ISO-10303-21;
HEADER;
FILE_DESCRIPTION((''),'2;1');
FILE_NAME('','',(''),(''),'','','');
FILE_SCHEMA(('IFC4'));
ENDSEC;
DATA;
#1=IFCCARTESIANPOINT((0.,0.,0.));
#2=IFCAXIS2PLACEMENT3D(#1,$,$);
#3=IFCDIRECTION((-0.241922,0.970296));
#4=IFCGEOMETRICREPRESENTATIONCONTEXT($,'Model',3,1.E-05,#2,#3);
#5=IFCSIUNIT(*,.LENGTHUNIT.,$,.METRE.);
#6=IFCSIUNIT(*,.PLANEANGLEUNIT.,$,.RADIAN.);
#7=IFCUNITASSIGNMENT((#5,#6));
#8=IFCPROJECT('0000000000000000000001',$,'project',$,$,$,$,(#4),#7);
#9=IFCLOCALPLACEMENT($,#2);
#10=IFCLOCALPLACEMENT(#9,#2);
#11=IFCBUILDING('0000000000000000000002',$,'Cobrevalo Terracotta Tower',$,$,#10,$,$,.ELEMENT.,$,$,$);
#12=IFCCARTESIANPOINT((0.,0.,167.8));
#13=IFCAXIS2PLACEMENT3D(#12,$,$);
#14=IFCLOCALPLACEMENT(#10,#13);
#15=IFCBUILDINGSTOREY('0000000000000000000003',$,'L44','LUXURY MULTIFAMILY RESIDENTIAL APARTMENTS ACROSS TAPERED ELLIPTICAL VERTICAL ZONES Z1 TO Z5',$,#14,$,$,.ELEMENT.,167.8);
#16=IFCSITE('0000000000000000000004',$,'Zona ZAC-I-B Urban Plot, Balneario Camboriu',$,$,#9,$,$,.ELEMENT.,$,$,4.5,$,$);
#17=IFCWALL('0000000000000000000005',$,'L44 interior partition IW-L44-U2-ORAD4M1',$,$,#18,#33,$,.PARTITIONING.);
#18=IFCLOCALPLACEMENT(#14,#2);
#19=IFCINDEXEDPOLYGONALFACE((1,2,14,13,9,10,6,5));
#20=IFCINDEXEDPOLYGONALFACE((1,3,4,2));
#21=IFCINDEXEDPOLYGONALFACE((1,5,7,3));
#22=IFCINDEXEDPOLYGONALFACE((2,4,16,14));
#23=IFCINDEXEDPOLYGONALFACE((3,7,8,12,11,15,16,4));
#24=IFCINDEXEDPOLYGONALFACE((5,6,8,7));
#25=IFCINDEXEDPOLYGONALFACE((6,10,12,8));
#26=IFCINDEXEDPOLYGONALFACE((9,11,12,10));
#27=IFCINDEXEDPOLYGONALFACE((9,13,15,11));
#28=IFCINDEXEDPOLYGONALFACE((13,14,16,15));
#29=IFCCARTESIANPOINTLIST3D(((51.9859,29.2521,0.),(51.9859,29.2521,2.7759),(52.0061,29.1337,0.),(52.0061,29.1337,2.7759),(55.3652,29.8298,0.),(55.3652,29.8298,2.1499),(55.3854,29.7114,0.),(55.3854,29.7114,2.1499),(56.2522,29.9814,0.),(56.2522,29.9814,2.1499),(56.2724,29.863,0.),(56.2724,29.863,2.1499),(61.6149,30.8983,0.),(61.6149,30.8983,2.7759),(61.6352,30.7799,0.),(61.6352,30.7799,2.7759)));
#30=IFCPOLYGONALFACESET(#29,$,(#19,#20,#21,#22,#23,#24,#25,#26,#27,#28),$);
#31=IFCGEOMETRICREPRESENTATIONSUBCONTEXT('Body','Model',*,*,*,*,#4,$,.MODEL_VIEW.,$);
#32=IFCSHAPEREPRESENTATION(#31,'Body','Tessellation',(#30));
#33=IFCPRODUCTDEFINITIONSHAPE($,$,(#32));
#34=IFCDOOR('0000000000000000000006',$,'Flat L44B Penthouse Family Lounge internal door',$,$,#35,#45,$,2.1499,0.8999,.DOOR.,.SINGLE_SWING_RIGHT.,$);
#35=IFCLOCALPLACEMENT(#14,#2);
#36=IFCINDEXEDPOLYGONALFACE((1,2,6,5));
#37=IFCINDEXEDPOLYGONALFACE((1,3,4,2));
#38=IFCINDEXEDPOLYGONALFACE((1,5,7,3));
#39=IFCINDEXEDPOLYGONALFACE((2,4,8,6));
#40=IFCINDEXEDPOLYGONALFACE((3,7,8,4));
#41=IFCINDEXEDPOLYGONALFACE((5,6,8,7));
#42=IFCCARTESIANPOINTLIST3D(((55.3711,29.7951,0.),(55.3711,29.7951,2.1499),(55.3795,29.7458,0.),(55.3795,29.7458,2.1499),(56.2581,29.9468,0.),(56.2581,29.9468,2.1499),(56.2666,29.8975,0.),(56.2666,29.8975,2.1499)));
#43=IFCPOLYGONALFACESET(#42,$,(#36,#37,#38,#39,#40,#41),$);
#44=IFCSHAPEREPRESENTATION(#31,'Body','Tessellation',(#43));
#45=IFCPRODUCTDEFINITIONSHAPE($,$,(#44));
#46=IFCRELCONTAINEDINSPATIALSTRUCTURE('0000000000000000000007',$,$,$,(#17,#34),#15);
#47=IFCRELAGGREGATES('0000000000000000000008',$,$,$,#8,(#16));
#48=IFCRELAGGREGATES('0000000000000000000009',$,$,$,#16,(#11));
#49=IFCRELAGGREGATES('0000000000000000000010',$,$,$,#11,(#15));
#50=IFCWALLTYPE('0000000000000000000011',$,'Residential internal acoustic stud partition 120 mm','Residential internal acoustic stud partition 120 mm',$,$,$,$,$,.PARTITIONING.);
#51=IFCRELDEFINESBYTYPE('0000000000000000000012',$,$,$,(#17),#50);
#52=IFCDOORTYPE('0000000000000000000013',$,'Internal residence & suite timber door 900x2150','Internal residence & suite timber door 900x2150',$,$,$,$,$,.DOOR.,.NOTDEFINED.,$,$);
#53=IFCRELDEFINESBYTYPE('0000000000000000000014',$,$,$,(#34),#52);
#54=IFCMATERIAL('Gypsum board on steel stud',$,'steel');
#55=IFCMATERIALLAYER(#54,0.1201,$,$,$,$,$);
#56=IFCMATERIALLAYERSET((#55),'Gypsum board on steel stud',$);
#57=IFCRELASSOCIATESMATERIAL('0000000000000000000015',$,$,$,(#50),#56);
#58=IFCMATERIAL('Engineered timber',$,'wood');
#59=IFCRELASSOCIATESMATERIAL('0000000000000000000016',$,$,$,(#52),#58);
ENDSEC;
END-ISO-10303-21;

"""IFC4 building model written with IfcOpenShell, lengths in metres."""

from ifc_helpers import new_model, si_unit, direction, frame, frame_2d, origin, place, context, subcontext, project, spatial, rectangle, extrude, source, transform, mapped, material, layer, layer_set, type_object, element, fill, save


model = new_model("IFC4")

# Units and contexts
model_context = context("Model", 3, precision=1e-05, world=origin(), true_north=direction((-0.241922, 0.970296)))
body_context = subcontext(model_context, "Body", "Model", "MODEL_VIEW")
ifc_project = project(units=[si_unit("LENGTHUNIT", "METRE"), si_unit("PLANEANGLEUNIT", "RADIAN")], contexts=[model_context])

# Site, building, storey
site_placement = place(None, origin())
site = spatial("IfcSite", under=ifc_project, at=site_placement, Name="Zona ZAC-I-B Urban Plot, Balneario Camboriu", CompositionType="ELEMENT", RefElevation=4.5)
building_placement = place(site_placement, origin())
building = spatial("IfcBuilding", under=site, at=building_placement, Name="Cobrevalo Terracotta Tower", CompositionType="ELEMENT")
storey_placement = place(building_placement, frame((0.0, 0.0, 167.8)))
storey = spatial("IfcBuildingStorey", under=building, at=storey_placement, Name="L44", Description="LUXURY MULTIFAMILY RESIDENTIAL APARTMENTS ACROSS TAPERED ELLIPTICAL VERTICAL ZONES Z1 TO Z5", CompositionType="ELEMENT", Elevation=167.8)

# Wall, opening, door
ifc_material_1 = material(Name="Gypsum board on steel stud", Category="steel")
ifc_layer_1 = layer(ifc_material_1, 0.1201)
ifc_layer_set_1 = layer_set([ifc_layer_1], Name="Gypsum board on steel stud")
wall_type = type_object("IfcWallType", Name="Residential internal acoustic stud partition 120 mm", Description="Residential internal acoustic stud partition 120 mm", PredefinedType="PARTITIONING", material=ifc_layer_set_1)
ifc_material_2 = material(Name="Engineered timber", Category="wood")
door_type = type_object("IfcDoorType", Name="Internal residence & suite timber door 900x2150", Description="Internal residence & suite timber door 900x2150", OperationType="NOTDEFINED", PredefinedType="DOOR", material=ifc_material_2)
shared_shape_1 = source(origin(), body_context, "Body", "SweptSolid", [
    extrude(rectangle(XDim=0.8999, YDim=2.1499, at=frame_2d((0.45, 1.075))), frame((0.0, 0.0249, 0.0), z_axis=(0.0, -1.0, 0.0), x_axis=(1.0, 0.0, 0.0)), (0.0, 0.0, 1.0), 0.05),
])
wall_1_placement = place(storey_placement, frame((51.9961, 29.1929, 0.0), z_axis=(0.0, 0.0, 1.0), x_axis=(0.985698, 0.168519, 0.0)))
wall_1 = element("IfcWall", 1, at=wall_1_placement, inside=storey, type_object=wall_type, Name="L44 interior partition IW-L44-U2-ORAD4M1", PredefinedType="PARTITIONING", context=body_context, shape_type="SweptSolid", body=[
    extrude(rectangle(XDim=9.7688, YDim=0.1201, at=frame_2d((4.8843, 0.0))), origin(), (0.0, 0.0, 1.0), 2.7759),
])
opening_1_placement = place(wall_1_placement, frame((3.4282, 0.0, 0.0)))
opening_1 = element("IfcOpeningElement", 2, at=opening_1_placement, cuts=wall_1, PredefinedType="OPENING", context=body_context, shape_type="SweptSolid", body=[
    extrude(rectangle(XDim=0.8999, YDim=2.1499, at=frame_2d((0.45, 1.075))), frame((0.0, 0.0701, 0.0), z_axis=(0.0, -1.0, 0.0), x_axis=(1.0, 0.0, 0.0)), (0.0, 0.0, 1.0), 0.1401),
])
door_1_placement = place(opening_1_placement, origin())
door_1 = element("IfcDoor", 3, at=door_1_placement, inside=storey, type_object=door_type, Name="Flat L44B Penthouse Family Lounge internal door", OperationType="SINGLE_SWING_RIGHT", OverallHeight=2.1499, OverallWidth=0.8999, PredefinedType="DOOR", context=body_context, shape_type="MappedRepresentation", body=[
    mapped(shared_shape_1, transform((0.0, 0.0, 0.0), scale=1.0)),
])
fill(opening_1, door_1)

save(model, "model.ifc")
